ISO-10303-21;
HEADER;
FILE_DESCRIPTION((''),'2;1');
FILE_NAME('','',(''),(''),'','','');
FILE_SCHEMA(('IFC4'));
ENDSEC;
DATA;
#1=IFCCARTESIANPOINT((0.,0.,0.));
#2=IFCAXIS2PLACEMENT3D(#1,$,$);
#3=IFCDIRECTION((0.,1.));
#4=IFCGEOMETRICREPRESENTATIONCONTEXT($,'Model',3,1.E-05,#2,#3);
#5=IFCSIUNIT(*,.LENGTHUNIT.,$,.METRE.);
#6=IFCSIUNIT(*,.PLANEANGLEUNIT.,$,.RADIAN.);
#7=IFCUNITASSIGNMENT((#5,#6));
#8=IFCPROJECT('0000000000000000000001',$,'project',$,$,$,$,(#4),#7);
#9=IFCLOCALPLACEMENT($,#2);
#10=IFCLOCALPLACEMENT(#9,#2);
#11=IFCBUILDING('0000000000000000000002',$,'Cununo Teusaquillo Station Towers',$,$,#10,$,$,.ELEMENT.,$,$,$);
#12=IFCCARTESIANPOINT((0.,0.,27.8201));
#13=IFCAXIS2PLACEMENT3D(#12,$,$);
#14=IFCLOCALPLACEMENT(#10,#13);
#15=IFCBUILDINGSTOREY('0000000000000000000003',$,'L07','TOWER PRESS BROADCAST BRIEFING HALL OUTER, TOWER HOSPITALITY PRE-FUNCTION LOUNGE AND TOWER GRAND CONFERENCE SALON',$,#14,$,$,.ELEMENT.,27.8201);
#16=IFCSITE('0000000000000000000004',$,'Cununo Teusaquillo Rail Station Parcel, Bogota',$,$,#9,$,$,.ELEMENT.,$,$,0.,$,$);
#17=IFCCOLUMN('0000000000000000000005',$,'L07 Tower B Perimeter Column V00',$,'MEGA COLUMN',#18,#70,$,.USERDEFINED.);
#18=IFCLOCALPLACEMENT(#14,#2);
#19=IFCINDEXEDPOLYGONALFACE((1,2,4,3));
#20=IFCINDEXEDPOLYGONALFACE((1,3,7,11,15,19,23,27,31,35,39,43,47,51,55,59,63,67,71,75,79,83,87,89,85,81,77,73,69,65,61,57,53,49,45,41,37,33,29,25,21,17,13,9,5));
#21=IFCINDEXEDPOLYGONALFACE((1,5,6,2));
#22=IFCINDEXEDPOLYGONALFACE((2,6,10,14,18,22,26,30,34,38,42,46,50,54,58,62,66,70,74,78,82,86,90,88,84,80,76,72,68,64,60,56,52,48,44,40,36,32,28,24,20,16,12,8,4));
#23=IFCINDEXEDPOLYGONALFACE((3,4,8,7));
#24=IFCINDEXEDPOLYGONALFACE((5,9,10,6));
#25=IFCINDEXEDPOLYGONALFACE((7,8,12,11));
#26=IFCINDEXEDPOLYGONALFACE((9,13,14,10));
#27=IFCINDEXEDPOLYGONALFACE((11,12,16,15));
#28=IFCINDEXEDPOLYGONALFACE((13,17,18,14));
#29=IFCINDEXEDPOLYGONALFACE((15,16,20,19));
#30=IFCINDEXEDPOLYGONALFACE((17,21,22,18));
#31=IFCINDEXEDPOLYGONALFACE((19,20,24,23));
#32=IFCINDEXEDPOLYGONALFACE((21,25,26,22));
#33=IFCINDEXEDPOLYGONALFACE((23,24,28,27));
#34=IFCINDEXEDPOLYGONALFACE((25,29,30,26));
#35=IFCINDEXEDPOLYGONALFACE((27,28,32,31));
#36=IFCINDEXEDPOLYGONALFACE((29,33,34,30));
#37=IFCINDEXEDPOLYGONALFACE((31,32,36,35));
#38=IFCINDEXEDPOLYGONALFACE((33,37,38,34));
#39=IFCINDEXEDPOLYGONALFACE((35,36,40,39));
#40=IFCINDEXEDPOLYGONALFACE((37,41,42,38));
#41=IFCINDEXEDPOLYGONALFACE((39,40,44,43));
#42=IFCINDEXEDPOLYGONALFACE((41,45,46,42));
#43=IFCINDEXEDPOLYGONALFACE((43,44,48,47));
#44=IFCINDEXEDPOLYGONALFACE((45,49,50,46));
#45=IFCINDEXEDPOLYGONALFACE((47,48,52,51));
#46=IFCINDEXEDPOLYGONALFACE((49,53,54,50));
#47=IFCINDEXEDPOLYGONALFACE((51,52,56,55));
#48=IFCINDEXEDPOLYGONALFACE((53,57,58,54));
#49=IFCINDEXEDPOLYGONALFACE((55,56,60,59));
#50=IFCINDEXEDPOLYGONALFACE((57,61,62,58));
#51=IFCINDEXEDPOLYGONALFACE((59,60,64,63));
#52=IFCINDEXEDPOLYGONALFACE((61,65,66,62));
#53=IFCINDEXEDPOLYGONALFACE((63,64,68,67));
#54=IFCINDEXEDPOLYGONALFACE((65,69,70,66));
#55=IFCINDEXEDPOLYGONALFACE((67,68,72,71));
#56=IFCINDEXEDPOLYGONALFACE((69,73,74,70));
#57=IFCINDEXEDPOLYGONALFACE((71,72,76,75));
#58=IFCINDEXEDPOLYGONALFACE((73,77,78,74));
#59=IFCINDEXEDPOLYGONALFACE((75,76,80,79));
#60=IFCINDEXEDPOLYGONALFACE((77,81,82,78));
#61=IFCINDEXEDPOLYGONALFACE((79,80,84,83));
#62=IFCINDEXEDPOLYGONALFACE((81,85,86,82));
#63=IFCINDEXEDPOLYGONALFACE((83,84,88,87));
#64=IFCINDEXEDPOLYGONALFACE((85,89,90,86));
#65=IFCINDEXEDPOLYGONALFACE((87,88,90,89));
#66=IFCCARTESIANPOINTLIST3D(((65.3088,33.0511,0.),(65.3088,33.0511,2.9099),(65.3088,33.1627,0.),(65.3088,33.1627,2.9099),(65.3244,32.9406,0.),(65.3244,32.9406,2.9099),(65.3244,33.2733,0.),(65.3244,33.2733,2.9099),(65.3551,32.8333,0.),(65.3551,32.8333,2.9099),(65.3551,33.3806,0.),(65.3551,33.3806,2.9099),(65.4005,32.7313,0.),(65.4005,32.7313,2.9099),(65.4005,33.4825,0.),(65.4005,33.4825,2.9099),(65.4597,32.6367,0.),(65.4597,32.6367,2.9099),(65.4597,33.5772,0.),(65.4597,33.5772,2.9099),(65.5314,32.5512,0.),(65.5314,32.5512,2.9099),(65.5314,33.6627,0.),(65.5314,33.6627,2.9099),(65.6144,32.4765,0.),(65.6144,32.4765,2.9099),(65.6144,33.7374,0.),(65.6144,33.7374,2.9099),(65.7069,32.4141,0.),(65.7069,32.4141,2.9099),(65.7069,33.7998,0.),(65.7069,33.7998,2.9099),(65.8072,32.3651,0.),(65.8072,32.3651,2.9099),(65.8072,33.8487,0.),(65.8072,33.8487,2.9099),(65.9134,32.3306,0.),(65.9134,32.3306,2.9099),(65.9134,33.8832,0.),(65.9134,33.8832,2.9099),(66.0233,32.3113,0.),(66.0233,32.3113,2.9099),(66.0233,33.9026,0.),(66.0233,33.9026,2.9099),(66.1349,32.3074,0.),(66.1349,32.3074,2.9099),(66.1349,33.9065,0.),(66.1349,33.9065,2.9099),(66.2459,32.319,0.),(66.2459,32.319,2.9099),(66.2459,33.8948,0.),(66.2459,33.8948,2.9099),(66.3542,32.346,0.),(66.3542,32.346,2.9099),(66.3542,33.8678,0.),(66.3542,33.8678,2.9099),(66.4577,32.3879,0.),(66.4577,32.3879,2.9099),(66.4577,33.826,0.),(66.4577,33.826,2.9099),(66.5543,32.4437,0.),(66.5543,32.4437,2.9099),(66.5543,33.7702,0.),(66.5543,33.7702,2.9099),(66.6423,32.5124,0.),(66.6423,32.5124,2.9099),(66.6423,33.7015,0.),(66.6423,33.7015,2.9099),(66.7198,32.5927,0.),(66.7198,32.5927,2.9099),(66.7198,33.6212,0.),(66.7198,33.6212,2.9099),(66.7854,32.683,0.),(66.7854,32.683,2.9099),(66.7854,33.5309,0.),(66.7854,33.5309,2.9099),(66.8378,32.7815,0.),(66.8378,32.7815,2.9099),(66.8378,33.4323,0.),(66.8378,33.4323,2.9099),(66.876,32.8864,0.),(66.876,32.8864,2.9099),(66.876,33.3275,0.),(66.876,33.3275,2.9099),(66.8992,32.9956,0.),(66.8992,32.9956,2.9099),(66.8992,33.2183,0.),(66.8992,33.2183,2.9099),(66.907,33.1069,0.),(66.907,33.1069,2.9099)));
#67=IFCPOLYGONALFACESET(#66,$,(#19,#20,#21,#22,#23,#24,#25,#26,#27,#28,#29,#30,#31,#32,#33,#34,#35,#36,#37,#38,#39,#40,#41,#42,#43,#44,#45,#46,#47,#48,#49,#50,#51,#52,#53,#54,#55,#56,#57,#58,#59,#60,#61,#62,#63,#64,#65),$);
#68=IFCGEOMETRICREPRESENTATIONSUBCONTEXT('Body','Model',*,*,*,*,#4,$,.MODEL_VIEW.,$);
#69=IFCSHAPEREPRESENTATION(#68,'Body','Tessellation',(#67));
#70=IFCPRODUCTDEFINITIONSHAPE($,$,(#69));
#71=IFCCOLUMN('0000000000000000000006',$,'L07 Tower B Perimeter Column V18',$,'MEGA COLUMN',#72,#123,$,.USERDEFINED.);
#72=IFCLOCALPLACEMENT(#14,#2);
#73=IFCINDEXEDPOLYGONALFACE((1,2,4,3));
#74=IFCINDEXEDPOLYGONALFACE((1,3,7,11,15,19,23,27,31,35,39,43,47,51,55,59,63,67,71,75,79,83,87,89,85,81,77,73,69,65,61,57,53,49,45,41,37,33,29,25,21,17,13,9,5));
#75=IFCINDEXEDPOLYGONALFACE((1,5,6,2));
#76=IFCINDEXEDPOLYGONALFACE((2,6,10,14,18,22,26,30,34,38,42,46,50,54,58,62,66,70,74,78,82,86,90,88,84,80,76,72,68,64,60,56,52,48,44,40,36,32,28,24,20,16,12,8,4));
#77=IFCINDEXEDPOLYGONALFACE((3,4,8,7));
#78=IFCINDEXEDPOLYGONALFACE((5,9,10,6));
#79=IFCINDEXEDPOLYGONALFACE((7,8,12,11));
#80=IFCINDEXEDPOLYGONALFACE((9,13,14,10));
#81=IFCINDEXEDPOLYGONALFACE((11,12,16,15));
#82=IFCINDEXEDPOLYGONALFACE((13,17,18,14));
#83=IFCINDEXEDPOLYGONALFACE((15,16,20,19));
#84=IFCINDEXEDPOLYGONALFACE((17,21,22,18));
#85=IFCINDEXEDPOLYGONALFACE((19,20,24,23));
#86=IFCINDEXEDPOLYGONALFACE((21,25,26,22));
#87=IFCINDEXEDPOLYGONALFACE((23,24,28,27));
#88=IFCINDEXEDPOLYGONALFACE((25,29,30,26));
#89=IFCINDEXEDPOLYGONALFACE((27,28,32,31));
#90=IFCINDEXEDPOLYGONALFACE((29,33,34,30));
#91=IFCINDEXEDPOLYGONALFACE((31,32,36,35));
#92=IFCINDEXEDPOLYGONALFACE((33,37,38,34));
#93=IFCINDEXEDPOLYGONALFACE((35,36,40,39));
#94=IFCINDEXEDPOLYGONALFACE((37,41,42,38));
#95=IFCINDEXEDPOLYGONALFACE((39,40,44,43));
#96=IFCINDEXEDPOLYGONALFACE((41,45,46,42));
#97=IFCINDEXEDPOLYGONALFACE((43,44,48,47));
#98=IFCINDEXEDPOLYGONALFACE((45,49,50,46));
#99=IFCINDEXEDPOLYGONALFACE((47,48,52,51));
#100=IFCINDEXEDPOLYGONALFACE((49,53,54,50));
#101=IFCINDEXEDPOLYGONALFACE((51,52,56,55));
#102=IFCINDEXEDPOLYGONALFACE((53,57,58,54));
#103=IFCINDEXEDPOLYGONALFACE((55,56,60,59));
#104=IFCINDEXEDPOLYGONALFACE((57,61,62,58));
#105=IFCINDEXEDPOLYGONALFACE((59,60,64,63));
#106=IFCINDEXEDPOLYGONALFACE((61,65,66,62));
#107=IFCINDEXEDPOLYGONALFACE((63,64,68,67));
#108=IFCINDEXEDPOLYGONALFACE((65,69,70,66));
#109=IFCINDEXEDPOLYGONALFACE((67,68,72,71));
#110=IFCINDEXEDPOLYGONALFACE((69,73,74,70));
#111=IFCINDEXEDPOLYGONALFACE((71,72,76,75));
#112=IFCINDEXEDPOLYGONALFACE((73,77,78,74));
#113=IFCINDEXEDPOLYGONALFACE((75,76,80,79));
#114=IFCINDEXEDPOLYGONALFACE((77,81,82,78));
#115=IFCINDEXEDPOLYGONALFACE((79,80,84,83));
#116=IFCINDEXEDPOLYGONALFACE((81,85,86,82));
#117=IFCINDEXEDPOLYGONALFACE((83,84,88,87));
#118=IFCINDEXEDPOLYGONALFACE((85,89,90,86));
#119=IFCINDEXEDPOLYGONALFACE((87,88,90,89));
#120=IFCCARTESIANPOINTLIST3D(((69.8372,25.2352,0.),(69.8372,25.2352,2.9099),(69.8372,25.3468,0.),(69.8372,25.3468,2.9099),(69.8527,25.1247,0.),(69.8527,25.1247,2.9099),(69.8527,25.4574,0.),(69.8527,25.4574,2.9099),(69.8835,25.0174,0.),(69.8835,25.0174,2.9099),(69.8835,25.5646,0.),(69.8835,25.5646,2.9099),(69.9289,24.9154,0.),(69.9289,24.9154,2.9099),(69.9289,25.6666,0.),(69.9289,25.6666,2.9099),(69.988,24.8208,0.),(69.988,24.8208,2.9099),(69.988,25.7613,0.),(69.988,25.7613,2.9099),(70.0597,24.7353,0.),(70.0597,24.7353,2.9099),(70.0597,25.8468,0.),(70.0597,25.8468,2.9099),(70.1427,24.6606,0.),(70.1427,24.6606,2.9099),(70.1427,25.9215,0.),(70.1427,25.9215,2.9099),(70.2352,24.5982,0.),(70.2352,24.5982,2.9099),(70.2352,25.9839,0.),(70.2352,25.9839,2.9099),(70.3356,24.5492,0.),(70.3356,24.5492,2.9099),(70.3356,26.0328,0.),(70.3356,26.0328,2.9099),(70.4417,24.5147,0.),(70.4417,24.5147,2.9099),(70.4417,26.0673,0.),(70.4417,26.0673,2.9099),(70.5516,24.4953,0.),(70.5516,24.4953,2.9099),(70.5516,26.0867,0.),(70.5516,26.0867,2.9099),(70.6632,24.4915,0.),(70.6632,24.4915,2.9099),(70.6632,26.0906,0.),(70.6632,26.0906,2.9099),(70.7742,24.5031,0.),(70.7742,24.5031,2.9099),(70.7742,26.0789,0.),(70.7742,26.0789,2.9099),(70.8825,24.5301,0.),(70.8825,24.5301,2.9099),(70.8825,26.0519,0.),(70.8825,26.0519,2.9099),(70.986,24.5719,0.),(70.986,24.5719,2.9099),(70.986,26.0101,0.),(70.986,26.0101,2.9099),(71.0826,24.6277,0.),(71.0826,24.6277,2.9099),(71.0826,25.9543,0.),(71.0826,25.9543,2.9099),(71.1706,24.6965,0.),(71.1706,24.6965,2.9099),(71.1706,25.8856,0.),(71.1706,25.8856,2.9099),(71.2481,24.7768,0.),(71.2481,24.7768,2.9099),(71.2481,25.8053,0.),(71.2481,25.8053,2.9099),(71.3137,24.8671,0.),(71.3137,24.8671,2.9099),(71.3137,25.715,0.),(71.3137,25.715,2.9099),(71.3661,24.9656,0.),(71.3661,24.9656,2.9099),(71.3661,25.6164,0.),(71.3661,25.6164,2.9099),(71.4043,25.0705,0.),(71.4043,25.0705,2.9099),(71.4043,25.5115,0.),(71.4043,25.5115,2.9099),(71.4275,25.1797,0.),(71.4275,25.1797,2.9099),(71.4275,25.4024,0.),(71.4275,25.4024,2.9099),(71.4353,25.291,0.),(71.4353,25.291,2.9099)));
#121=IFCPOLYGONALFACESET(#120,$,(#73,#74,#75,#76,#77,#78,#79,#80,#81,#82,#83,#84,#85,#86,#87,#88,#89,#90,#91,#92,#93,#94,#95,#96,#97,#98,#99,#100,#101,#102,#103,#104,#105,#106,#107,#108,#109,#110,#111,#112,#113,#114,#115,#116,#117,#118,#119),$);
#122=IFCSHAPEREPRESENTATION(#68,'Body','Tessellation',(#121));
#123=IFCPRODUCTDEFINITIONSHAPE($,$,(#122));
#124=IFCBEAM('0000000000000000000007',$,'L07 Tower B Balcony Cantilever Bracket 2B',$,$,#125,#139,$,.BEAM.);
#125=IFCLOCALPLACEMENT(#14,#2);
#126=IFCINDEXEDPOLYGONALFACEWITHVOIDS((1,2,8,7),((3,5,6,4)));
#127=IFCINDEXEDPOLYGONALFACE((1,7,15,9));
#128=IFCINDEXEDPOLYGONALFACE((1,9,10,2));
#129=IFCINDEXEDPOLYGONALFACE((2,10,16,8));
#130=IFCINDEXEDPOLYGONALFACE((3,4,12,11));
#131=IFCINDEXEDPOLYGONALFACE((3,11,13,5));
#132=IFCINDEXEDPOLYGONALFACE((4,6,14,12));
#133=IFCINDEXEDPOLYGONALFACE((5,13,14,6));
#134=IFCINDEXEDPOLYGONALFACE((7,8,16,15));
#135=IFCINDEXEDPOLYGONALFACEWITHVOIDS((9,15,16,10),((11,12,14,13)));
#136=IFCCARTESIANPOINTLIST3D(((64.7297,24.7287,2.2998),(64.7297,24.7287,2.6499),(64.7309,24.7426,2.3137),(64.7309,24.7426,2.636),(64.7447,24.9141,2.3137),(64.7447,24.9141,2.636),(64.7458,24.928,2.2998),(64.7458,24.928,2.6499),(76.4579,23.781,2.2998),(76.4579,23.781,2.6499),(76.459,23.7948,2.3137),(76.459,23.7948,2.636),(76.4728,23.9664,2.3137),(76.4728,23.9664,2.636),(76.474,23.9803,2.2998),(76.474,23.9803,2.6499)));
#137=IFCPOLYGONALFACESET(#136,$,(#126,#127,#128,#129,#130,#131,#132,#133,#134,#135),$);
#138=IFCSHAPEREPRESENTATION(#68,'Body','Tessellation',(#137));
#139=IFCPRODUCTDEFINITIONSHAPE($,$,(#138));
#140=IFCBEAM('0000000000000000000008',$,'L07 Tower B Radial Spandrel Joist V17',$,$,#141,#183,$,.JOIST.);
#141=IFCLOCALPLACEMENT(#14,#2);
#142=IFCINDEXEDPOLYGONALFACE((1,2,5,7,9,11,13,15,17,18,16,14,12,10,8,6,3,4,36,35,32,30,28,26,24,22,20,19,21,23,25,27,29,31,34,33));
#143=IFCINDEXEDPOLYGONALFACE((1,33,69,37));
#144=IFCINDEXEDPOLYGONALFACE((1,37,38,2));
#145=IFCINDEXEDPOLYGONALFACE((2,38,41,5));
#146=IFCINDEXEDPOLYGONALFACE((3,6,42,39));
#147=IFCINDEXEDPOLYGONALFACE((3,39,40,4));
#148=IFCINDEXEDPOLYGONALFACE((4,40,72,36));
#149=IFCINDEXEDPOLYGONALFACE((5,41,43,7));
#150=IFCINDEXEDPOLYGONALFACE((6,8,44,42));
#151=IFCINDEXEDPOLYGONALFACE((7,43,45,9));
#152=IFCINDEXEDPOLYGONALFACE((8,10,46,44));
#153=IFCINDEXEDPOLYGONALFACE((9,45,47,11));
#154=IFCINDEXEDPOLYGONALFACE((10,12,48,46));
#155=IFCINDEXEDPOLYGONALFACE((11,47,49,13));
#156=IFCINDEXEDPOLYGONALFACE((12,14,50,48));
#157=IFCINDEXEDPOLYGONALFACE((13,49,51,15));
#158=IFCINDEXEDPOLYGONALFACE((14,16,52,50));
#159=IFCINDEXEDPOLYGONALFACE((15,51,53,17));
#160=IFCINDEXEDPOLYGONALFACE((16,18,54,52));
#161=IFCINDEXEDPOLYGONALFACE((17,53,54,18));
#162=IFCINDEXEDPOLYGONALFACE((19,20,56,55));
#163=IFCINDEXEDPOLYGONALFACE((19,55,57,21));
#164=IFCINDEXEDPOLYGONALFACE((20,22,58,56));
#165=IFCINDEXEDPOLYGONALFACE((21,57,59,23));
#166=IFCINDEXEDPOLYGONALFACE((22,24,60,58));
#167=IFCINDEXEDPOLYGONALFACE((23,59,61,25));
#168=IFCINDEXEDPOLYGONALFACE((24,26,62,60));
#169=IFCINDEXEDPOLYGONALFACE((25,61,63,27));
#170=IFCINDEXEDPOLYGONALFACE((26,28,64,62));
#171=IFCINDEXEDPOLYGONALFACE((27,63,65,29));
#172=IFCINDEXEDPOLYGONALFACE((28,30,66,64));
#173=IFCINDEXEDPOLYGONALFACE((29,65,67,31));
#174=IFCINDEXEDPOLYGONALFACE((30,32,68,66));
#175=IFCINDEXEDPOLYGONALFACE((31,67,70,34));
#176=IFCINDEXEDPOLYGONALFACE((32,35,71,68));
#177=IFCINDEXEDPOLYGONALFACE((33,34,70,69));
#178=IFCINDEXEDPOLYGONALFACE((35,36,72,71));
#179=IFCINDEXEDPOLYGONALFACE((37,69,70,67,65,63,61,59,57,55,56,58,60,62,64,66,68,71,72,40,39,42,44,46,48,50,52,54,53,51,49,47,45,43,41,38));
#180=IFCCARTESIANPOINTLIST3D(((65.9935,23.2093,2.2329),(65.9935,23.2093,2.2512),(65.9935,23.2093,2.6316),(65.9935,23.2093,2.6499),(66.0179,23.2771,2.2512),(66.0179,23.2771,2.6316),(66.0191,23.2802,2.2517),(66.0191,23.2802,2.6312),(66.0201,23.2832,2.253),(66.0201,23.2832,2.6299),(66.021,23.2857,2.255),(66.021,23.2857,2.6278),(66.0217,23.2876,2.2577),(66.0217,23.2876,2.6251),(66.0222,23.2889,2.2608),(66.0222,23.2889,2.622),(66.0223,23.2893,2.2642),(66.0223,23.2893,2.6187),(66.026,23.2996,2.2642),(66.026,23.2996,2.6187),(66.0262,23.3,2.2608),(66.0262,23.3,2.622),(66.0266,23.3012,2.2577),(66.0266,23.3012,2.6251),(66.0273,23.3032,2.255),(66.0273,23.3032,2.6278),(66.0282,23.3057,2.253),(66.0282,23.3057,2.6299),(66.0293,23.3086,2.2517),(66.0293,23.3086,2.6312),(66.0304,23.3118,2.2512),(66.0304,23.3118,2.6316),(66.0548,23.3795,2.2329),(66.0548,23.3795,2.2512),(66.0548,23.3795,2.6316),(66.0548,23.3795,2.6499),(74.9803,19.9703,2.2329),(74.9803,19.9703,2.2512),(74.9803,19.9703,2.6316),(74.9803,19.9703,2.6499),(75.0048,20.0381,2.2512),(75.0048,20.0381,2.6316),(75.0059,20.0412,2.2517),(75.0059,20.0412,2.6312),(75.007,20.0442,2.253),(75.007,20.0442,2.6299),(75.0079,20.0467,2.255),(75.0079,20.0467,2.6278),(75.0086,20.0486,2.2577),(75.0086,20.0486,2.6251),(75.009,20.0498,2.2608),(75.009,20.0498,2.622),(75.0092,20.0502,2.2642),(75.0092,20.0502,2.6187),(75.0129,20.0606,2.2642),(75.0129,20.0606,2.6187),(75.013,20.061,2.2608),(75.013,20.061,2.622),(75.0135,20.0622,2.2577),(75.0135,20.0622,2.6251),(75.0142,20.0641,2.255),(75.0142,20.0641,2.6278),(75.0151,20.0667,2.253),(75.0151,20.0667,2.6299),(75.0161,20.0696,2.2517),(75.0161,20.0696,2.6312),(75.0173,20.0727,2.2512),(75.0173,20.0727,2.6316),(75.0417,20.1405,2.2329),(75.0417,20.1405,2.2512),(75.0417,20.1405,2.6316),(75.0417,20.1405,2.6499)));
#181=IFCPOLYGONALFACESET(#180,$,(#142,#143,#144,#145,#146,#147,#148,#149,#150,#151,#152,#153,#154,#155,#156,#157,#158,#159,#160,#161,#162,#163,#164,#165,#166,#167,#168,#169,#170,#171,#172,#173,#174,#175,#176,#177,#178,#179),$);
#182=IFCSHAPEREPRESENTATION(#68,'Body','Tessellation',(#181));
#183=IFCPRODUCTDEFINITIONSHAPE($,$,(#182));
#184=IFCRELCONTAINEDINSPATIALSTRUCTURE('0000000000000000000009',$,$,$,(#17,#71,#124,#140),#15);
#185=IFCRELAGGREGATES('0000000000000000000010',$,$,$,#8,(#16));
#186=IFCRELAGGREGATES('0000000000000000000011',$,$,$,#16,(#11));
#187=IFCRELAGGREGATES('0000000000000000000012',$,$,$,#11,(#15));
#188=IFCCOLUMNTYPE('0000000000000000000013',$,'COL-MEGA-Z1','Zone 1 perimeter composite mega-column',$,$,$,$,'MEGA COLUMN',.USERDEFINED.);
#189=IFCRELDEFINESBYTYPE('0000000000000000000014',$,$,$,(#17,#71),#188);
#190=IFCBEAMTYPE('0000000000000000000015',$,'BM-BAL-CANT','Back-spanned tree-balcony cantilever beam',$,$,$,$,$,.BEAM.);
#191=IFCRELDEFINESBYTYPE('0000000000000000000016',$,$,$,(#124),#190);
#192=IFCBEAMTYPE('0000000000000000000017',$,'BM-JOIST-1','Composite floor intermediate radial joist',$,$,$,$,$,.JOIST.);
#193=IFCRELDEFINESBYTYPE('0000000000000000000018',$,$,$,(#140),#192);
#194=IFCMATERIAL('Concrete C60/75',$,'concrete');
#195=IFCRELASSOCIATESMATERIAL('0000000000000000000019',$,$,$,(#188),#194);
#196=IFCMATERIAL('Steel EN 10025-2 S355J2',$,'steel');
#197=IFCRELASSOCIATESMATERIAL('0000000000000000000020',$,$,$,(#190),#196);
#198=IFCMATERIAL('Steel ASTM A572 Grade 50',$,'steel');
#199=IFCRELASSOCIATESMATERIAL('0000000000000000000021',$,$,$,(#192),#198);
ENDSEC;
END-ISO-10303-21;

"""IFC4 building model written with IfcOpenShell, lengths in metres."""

from ifc_helpers import new_model, si_unit, direction, frame, origin, origin_2d, place, context, subcontext, project, spatial, hollow_rectangle, circle, i_section, extrude, material, material_profile, profile_set, type_object, element, save


model = new_model("IFC4")

# Units and contexts
model_context = context("Model", 3, precision=1e-05, world=origin(), true_north=direction((0.0, 1.0)))
body_context = subcontext(model_context, "Body", "Model", "MODEL_VIEW")
ifc_project = project(units=[si_unit("LENGTHUNIT", "METRE"), si_unit("PLANEANGLEUNIT", "RADIAN")], contexts=[model_context])

# Site, building, storey
site_placement = place(None, origin())
site = spatial("IfcSite", under=ifc_project, at=site_placement, Name="Cununo Teusaquillo Rail Station Parcel, Bogota", CompositionType="ELEMENT", RefElevation=0.0)
building_placement = place(site_placement, origin())
building = spatial("IfcBuilding", under=site, at=building_placement, Name="Cununo Teusaquillo Station Towers", CompositionType="ELEMENT")
storey_placement = place(building_placement, frame((0.0, 0.0, 27.8201)))
storey = spatial("IfcBuildingStorey", under=building, at=storey_placement, Name="L07", Description="TOWER PRESS BROADCAST BRIEFING HALL OUTER, TOWER HOSPITALITY PRE-FUNCTION LOUNGE AND TOWER GRAND CONFERENCE SALON", CompositionType="ELEMENT", Elevation=27.8201)

# Columns
ifc_material_1 = material(Name="Concrete C60/75", Category="concrete")
ifc_material_profile_1 = material_profile(ifc_material_1, circle(Radius=0.8, at=origin_2d()), Name="RC-CIRC-1600")
ifc_profile_set_1 = profile_set([ifc_material_profile_1], Name="Concrete C60/75")
column_type = type_object("IfcColumnType", Name="COL-MEGA-Z1", Description="Zone 1 perimeter composite mega-column", ElementType="MEGA COLUMN", PredefinedType="USERDEFINED", material=ifc_profile_set_1)
for number, where, z_axis, x_axis, name in (
    (1, (66.1069, 33.1069, 0.0), (0.0, 0.0, 1.0), (1.0, 0.0, 0.0), "L07 Tower B Perimeter Column V00"),
    (2, (70.6353, 25.291, 0.0), (0.0, 0.0, 1.0), (1.0, 0.0, 0.0), "L07 Tower B Perimeter Column V18"),
):
    element("IfcColumn", number, at=place(storey_placement, frame(where, z_axis=z_axis, x_axis=x_axis)), inside=storey, type_object=column_type, Name=name, ObjectType="MEGA COLUMN", PredefinedType="USERDEFINED", context=body_context, shape_type="SweptSolid", body=[
        extrude(circle(Radius=0.8, at=origin_2d()), origin(), (0.0, 0.0, 1.0), 2.9099),
    ])

# Beams
ifc_material_2 = material(Name="Steel EN 10025-2 S355J2", Category="steel")
ifc_material_profile_2 = material_profile(ifc_material_2, hollow_rectangle(XDim=0.2, YDim=0.3501, WallThickness=0.0139, at=origin_2d()), Name="RHS 350x200x14")
ifc_profile_set_2 = profile_set([ifc_material_profile_2], Name="Steel EN 10025-2 S355J2")
beam_type_1 = type_object("IfcBeamType", Name="BM-BAL-CANT", Description="Back-spanned tree-balcony cantilever beam", PredefinedType="BEAM", material=ifc_profile_set_2)
beam_1_placement = place(storey_placement, frame((64.7378, 24.8284, 2.4749), z_axis=(0.996751, -0.080548, 0.0), x_axis=(0.080548, 0.996751, 0.0)))
element("IfcBeam", 3, at=beam_1_placement, inside=storey, type_object=beam_type_1, Name="L07 Tower B Balcony Cantilever Bracket 2B", PredefinedType="BEAM", context=body_context, shape_type="SweptSolid", body=[
    extrude(hollow_rectangle(XDim=0.2, YDim=0.3501, WallThickness=0.0139, at=origin_2d()), origin(), (0.0, 0.0, 1.0), 11.7664),
])
ifc_material_3 = material(Name="Steel ASTM A572 Grade 50", Category="steel")
ifc_material_profile_3 = material_profile(ifc_material_3, i_section(OverallWidth=0.1809, OverallDepth=0.417, WebThickness=0.011, FlangeThickness=0.0183, FilletRadius=0.0129, at=origin_2d()), Name="W16X57")
ifc_profile_set_3 = profile_set([ifc_material_profile_3], Name="Steel ASTM A572 Grade 50")
beam_type_2 = type_object("IfcBeamType", Name="BM-JOIST-1", Description="Composite floor intermediate radial joist", PredefinedType="JOIST", material=ifc_profile_set_3)
beam_2_placement = place(storey_placement, frame((66.0242, 23.2944, 2.4414), z_axis=(0.940762, -0.339068, 0.0), x_axis=(0.339068, 0.940762, 0.0)))
element("IfcBeam", 4, at=beam_2_placement, inside=storey, type_object=beam_type_2, Name="L07 Tower B Radial Spandrel Joist V17", PredefinedType="JOIST", context=body_context, shape_type="SweptSolid", body=[
    extrude(i_section(OverallWidth=0.1809, OverallDepth=0.417, WebThickness=0.011, FlangeThickness=0.0183, FilletRadius=0.0129, at=origin_2d()), origin(), (0.0, 0.0, 1.0), 9.5527),
])

save(model, "model.ifc")
